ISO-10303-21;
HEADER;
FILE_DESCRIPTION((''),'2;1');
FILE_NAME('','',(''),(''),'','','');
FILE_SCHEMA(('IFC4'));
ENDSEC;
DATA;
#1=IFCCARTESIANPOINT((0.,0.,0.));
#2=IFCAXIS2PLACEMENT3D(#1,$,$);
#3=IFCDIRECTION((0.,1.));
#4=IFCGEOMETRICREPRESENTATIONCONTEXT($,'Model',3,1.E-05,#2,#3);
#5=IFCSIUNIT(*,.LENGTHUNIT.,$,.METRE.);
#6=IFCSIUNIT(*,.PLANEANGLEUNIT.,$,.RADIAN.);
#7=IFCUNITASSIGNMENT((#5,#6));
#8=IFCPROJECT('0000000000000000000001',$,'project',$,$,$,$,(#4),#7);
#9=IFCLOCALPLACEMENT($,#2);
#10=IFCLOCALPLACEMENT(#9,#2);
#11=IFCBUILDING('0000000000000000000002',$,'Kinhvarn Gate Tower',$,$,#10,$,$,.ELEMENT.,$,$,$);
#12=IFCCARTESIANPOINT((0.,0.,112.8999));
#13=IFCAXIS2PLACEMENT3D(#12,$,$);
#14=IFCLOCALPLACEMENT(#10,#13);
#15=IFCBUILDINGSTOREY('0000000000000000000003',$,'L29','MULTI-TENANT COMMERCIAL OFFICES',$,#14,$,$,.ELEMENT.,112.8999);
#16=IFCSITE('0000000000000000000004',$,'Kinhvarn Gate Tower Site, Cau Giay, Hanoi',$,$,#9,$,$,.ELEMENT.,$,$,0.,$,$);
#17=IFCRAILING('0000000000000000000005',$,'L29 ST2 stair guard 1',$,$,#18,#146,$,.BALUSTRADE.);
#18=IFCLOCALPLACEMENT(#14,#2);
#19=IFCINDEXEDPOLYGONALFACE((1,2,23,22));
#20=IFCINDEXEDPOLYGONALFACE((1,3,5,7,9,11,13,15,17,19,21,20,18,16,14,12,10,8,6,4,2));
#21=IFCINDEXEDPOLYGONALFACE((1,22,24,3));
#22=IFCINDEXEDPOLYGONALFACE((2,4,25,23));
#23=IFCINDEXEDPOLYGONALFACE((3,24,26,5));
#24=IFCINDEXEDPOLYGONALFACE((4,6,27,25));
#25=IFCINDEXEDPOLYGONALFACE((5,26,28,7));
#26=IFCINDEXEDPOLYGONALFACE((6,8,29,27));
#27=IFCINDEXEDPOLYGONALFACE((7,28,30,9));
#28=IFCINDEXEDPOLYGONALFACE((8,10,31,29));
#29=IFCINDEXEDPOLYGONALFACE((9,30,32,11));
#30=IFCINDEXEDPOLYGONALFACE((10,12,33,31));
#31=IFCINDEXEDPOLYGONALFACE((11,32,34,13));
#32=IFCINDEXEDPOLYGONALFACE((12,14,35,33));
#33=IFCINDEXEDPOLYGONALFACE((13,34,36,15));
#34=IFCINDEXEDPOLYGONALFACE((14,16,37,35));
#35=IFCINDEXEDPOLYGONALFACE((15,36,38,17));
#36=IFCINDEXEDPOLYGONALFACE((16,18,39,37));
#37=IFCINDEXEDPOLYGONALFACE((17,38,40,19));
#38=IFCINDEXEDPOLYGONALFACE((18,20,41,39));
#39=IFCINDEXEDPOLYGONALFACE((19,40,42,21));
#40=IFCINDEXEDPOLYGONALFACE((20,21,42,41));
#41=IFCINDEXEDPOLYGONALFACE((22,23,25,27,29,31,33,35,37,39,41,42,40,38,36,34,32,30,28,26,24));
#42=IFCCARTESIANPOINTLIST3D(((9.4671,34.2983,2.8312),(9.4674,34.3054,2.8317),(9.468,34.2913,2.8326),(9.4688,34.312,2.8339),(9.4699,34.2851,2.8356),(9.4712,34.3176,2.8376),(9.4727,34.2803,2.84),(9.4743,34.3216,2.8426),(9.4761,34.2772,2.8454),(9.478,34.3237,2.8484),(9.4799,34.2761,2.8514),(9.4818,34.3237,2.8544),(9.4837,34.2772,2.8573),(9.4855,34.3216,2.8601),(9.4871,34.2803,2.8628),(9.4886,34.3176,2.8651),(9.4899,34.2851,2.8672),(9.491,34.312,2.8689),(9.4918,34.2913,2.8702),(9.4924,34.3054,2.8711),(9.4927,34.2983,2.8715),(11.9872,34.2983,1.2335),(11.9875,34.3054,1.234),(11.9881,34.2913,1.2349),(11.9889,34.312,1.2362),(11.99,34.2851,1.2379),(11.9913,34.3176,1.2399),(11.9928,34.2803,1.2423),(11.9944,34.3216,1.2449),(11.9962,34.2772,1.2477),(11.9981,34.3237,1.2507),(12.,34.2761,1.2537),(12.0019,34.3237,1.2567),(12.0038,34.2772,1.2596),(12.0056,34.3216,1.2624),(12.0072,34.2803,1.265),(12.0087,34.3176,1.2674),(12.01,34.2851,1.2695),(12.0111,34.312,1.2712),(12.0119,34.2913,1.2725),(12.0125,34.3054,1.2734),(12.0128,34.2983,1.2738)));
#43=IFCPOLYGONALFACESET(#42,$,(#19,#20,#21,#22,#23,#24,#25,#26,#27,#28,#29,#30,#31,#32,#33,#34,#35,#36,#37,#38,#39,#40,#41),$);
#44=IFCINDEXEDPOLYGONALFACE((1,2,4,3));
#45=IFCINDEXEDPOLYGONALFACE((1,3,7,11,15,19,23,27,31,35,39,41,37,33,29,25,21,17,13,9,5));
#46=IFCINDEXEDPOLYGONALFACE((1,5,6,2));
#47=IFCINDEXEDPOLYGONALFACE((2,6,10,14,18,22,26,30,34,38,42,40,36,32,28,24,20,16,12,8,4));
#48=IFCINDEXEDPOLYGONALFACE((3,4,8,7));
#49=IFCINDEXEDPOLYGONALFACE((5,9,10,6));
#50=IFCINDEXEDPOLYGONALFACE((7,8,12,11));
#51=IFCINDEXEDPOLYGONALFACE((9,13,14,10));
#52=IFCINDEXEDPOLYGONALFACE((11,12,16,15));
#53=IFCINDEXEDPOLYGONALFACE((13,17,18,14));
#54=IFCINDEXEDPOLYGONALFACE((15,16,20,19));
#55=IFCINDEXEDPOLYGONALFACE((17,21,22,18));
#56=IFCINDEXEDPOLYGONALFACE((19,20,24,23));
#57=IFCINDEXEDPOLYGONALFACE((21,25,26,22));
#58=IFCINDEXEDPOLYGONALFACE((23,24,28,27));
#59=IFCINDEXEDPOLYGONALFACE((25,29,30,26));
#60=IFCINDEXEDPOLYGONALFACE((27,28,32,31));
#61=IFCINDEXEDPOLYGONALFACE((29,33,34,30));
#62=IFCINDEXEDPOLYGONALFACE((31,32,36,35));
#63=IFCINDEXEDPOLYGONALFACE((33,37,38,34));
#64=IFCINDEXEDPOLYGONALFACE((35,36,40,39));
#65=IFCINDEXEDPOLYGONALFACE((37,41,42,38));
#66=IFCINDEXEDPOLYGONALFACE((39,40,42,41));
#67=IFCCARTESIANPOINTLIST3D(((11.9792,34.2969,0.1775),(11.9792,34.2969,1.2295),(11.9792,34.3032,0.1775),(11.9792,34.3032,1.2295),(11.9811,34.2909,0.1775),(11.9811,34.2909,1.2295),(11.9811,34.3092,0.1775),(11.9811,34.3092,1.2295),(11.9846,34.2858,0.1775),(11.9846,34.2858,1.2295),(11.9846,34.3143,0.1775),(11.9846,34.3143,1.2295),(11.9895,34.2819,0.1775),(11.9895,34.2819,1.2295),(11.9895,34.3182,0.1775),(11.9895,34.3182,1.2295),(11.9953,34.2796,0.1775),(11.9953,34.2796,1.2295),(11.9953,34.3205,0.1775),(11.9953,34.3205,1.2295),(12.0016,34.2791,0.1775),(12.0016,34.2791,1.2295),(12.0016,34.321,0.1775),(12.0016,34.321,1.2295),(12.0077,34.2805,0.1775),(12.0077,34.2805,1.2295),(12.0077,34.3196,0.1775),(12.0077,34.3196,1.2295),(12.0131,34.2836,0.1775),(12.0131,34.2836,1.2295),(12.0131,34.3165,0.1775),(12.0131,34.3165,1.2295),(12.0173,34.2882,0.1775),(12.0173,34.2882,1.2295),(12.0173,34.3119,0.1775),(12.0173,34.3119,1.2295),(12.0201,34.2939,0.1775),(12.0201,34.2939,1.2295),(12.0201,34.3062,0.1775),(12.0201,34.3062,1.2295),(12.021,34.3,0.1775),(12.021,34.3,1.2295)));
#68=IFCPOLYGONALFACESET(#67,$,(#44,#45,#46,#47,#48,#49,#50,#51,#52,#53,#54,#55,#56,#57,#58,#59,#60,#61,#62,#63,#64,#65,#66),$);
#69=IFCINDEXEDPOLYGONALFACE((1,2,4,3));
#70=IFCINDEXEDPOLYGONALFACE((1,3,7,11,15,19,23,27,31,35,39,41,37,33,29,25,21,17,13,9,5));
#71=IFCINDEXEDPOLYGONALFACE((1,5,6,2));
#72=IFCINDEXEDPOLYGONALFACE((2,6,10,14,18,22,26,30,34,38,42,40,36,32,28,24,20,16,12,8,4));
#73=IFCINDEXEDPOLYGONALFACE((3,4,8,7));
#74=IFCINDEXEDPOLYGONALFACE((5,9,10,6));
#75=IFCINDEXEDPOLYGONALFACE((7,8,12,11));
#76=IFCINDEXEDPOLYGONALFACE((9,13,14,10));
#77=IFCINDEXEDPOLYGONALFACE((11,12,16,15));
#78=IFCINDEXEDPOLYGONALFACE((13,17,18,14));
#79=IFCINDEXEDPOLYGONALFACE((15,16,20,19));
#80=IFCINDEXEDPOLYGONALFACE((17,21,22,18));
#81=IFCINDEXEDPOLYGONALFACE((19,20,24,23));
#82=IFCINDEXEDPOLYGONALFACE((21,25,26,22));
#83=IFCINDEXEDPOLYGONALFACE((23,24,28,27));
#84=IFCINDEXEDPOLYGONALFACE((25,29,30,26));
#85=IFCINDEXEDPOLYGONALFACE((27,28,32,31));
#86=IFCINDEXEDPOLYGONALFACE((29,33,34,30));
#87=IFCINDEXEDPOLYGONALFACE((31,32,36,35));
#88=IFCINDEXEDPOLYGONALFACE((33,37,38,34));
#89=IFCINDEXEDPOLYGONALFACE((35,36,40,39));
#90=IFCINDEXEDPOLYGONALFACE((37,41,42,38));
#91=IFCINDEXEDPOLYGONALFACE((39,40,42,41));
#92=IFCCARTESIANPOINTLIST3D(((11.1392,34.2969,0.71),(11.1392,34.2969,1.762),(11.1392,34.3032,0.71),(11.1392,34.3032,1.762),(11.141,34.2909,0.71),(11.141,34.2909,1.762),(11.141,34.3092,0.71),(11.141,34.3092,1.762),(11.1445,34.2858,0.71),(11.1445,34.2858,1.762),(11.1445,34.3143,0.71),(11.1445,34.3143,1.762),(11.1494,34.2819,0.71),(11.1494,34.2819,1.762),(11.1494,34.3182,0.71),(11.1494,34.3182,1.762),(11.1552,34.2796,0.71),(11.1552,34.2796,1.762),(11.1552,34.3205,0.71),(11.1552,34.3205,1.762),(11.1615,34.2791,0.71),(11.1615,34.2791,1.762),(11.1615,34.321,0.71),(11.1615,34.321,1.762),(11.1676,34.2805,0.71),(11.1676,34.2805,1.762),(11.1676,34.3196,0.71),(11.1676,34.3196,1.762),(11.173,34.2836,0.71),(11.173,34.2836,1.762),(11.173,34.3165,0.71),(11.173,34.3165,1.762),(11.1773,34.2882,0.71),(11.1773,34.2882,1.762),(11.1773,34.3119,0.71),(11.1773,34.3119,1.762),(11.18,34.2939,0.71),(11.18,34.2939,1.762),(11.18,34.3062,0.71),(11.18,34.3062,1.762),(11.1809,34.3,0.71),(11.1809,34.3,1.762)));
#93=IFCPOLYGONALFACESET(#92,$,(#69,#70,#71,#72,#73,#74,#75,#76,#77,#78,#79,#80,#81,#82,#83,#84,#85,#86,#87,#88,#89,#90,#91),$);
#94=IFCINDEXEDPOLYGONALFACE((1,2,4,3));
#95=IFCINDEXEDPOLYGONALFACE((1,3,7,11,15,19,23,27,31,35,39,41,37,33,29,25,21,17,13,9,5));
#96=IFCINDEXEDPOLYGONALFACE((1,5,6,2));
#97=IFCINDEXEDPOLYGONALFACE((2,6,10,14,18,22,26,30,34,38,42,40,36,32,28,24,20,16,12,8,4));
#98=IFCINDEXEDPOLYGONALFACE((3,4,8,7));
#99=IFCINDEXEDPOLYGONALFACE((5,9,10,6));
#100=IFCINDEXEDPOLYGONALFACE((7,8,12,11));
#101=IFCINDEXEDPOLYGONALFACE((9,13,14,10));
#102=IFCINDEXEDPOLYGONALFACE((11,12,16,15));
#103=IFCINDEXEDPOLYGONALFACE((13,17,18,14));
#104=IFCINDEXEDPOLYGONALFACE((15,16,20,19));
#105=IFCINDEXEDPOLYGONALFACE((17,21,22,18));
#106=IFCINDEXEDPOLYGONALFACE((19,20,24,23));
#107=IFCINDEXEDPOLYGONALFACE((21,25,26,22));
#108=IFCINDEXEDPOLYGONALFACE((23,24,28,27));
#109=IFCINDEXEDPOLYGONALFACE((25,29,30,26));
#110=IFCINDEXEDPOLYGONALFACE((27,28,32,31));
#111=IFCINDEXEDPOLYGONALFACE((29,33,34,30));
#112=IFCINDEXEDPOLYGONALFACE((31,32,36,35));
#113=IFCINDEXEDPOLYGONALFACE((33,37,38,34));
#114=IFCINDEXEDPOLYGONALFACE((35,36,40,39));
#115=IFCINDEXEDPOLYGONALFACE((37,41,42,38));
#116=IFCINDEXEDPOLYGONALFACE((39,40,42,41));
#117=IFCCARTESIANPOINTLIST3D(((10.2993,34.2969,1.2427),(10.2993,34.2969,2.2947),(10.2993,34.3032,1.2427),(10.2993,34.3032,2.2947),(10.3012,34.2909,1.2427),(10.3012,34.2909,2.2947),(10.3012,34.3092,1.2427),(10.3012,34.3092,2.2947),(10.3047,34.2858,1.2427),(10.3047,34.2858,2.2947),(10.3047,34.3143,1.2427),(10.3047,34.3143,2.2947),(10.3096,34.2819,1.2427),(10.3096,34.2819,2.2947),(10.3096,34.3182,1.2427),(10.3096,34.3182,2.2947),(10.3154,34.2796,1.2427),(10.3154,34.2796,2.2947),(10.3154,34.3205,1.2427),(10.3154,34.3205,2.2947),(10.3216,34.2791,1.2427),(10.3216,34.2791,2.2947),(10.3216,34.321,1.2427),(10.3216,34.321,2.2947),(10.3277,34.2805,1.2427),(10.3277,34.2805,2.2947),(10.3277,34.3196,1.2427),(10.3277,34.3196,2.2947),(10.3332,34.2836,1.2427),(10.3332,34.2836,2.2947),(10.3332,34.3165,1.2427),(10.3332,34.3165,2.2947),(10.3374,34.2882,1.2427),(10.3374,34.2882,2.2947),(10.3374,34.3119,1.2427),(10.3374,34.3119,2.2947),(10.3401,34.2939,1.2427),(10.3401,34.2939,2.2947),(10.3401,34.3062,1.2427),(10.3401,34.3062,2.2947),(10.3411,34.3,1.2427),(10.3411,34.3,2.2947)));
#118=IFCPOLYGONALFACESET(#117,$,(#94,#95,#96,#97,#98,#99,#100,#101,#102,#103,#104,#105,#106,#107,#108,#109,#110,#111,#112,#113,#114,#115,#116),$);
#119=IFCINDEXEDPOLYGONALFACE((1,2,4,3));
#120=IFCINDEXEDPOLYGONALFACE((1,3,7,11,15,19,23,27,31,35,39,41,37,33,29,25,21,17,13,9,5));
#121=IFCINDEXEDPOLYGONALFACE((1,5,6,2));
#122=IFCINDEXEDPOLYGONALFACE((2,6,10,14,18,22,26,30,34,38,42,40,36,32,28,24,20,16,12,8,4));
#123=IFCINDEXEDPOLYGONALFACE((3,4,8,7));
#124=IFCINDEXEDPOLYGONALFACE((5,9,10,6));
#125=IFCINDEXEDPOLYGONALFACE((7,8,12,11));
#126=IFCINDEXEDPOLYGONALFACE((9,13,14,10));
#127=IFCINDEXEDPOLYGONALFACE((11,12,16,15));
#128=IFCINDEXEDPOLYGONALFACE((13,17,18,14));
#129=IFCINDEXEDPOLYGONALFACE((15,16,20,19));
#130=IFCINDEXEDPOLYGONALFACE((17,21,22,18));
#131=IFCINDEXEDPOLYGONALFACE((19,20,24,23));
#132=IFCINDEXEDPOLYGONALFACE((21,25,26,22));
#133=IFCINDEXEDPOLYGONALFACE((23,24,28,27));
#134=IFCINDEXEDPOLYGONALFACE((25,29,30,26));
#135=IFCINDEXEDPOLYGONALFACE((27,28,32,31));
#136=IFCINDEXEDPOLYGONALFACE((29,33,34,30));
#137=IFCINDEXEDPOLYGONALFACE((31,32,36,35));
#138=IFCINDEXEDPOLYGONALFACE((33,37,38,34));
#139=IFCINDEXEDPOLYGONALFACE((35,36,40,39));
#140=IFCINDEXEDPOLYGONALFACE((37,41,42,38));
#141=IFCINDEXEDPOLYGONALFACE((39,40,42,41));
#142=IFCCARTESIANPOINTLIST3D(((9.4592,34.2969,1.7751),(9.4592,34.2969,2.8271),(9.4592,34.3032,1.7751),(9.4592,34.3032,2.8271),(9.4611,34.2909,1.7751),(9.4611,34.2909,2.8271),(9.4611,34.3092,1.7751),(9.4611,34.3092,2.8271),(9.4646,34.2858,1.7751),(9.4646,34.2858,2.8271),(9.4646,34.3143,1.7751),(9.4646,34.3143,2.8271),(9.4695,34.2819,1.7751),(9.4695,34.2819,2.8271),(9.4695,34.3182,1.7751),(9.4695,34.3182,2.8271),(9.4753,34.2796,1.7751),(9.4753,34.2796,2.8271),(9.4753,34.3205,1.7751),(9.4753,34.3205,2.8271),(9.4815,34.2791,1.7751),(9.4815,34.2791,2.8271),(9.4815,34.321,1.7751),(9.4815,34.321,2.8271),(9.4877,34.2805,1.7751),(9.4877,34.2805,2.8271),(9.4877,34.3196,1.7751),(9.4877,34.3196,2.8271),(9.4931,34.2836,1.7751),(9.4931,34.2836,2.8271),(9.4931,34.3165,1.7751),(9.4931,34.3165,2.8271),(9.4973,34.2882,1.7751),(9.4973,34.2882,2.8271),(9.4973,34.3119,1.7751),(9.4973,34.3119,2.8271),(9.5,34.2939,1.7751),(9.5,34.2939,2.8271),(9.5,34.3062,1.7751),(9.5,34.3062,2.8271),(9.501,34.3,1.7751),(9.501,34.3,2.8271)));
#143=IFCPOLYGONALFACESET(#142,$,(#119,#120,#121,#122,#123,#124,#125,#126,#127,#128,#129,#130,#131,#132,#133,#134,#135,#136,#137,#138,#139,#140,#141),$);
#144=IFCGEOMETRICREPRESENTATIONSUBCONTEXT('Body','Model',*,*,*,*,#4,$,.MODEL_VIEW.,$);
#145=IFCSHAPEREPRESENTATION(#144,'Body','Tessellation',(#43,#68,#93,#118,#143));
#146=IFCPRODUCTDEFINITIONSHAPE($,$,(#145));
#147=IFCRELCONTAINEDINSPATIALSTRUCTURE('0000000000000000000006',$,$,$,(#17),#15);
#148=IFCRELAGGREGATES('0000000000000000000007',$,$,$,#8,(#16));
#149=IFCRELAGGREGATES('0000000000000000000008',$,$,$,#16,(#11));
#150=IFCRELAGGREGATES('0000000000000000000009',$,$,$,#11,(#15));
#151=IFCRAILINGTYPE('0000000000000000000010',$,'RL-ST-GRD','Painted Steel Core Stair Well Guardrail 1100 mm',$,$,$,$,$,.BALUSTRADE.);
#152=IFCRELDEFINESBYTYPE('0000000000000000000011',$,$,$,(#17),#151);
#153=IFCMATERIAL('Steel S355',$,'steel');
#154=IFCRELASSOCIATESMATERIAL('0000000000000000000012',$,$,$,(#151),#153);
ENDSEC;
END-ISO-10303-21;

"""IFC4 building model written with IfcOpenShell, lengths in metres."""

from ifc_helpers import new_model, si_unit, direction, frame, origin, origin_2d, place, context, subcontext, project, spatial, circle, extrude, material, type_object, element, save


model = new_model("IFC4")

# Units and contexts
model_context = context("Model", 3, precision=1e-05, world=origin(), true_north=direction((0.0, 1.0)))
body_context = subcontext(model_context, "Body", "Model", "MODEL_VIEW")
ifc_project = project(units=[si_unit("LENGTHUNIT", "METRE"), si_unit("PLANEANGLEUNIT", "RADIAN")], contexts=[model_context])

# Site, building, storey
site_placement = place(None, origin())
site = spatial("IfcSite", under=ifc_project, at=site_placement, Name="Kinhvarn Gate Tower Site, Cau Giay, Hanoi", CompositionType="ELEMENT", RefElevation=0.0)
building_placement = place(site_placement, origin())
building = spatial("IfcBuilding", under=site, at=building_placement, Name="Kinhvarn Gate Tower", CompositionType="ELEMENT")
storey_placement = place(building_placement, frame((0.0, 0.0, 112.8999)))
storey = spatial("IfcBuildingStorey", under=building, at=storey_placement, Name="L29", Description="MULTI-TENANT COMMERCIAL OFFICES", CompositionType="ELEMENT", Elevation=112.8999)

# Shared definitions
ifc_material_1 = material(Name="Steel S355", Category="steel")

# Railing
railing_type_1 = type_object("IfcRailingType", Name="RL-ST-GRD", Description="Painted Steel Core Stair Well Guardrail 1100 mm", PredefinedType="BALUSTRADE", material=ifc_material_1)
railing_1_placement = place(storey_placement, frame((12.0, 34.3, 0.1775)))
element("IfcRailing", 1, at=railing_1_placement, inside=storey, type_object=railing_type_1, Name="L29 ST2 stair guard 1", PredefinedType="BALUSTRADE", context=body_context, shape_type="SweptSolid", body=[
    extrude(circle(Radius=0.0239, at=origin_2d()), frame((0.0, 0.0, 1.0762), z_axis=(-0.84457, 0.0, 0.535445), x_axis=(0.0, -1.0, 0.0)), (0.0, 0.0, 1.0), 2.9839),
    extrude(circle(Radius=0.021, at=origin_2d()), origin(), (0.0, 0.0, 1.0), 1.052),
    extrude(circle(Radius=0.021, at=origin_2d()), frame((-0.8401, 0.0, 0.5325)), (0.0, 0.0, 1.0), 1.052),
    extrude(circle(Radius=0.021, at=origin_2d()), frame((-1.6799, 0.0, 1.0652)), (0.0, 0.0, 1.0), 1.052),
    extrude(circle(Radius=0.021, at=origin_2d()), frame((-2.52, 0.0, 1.5977)), (0.0, 0.0, 1.0), 1.052),
])

save(model, "model.ifc")
